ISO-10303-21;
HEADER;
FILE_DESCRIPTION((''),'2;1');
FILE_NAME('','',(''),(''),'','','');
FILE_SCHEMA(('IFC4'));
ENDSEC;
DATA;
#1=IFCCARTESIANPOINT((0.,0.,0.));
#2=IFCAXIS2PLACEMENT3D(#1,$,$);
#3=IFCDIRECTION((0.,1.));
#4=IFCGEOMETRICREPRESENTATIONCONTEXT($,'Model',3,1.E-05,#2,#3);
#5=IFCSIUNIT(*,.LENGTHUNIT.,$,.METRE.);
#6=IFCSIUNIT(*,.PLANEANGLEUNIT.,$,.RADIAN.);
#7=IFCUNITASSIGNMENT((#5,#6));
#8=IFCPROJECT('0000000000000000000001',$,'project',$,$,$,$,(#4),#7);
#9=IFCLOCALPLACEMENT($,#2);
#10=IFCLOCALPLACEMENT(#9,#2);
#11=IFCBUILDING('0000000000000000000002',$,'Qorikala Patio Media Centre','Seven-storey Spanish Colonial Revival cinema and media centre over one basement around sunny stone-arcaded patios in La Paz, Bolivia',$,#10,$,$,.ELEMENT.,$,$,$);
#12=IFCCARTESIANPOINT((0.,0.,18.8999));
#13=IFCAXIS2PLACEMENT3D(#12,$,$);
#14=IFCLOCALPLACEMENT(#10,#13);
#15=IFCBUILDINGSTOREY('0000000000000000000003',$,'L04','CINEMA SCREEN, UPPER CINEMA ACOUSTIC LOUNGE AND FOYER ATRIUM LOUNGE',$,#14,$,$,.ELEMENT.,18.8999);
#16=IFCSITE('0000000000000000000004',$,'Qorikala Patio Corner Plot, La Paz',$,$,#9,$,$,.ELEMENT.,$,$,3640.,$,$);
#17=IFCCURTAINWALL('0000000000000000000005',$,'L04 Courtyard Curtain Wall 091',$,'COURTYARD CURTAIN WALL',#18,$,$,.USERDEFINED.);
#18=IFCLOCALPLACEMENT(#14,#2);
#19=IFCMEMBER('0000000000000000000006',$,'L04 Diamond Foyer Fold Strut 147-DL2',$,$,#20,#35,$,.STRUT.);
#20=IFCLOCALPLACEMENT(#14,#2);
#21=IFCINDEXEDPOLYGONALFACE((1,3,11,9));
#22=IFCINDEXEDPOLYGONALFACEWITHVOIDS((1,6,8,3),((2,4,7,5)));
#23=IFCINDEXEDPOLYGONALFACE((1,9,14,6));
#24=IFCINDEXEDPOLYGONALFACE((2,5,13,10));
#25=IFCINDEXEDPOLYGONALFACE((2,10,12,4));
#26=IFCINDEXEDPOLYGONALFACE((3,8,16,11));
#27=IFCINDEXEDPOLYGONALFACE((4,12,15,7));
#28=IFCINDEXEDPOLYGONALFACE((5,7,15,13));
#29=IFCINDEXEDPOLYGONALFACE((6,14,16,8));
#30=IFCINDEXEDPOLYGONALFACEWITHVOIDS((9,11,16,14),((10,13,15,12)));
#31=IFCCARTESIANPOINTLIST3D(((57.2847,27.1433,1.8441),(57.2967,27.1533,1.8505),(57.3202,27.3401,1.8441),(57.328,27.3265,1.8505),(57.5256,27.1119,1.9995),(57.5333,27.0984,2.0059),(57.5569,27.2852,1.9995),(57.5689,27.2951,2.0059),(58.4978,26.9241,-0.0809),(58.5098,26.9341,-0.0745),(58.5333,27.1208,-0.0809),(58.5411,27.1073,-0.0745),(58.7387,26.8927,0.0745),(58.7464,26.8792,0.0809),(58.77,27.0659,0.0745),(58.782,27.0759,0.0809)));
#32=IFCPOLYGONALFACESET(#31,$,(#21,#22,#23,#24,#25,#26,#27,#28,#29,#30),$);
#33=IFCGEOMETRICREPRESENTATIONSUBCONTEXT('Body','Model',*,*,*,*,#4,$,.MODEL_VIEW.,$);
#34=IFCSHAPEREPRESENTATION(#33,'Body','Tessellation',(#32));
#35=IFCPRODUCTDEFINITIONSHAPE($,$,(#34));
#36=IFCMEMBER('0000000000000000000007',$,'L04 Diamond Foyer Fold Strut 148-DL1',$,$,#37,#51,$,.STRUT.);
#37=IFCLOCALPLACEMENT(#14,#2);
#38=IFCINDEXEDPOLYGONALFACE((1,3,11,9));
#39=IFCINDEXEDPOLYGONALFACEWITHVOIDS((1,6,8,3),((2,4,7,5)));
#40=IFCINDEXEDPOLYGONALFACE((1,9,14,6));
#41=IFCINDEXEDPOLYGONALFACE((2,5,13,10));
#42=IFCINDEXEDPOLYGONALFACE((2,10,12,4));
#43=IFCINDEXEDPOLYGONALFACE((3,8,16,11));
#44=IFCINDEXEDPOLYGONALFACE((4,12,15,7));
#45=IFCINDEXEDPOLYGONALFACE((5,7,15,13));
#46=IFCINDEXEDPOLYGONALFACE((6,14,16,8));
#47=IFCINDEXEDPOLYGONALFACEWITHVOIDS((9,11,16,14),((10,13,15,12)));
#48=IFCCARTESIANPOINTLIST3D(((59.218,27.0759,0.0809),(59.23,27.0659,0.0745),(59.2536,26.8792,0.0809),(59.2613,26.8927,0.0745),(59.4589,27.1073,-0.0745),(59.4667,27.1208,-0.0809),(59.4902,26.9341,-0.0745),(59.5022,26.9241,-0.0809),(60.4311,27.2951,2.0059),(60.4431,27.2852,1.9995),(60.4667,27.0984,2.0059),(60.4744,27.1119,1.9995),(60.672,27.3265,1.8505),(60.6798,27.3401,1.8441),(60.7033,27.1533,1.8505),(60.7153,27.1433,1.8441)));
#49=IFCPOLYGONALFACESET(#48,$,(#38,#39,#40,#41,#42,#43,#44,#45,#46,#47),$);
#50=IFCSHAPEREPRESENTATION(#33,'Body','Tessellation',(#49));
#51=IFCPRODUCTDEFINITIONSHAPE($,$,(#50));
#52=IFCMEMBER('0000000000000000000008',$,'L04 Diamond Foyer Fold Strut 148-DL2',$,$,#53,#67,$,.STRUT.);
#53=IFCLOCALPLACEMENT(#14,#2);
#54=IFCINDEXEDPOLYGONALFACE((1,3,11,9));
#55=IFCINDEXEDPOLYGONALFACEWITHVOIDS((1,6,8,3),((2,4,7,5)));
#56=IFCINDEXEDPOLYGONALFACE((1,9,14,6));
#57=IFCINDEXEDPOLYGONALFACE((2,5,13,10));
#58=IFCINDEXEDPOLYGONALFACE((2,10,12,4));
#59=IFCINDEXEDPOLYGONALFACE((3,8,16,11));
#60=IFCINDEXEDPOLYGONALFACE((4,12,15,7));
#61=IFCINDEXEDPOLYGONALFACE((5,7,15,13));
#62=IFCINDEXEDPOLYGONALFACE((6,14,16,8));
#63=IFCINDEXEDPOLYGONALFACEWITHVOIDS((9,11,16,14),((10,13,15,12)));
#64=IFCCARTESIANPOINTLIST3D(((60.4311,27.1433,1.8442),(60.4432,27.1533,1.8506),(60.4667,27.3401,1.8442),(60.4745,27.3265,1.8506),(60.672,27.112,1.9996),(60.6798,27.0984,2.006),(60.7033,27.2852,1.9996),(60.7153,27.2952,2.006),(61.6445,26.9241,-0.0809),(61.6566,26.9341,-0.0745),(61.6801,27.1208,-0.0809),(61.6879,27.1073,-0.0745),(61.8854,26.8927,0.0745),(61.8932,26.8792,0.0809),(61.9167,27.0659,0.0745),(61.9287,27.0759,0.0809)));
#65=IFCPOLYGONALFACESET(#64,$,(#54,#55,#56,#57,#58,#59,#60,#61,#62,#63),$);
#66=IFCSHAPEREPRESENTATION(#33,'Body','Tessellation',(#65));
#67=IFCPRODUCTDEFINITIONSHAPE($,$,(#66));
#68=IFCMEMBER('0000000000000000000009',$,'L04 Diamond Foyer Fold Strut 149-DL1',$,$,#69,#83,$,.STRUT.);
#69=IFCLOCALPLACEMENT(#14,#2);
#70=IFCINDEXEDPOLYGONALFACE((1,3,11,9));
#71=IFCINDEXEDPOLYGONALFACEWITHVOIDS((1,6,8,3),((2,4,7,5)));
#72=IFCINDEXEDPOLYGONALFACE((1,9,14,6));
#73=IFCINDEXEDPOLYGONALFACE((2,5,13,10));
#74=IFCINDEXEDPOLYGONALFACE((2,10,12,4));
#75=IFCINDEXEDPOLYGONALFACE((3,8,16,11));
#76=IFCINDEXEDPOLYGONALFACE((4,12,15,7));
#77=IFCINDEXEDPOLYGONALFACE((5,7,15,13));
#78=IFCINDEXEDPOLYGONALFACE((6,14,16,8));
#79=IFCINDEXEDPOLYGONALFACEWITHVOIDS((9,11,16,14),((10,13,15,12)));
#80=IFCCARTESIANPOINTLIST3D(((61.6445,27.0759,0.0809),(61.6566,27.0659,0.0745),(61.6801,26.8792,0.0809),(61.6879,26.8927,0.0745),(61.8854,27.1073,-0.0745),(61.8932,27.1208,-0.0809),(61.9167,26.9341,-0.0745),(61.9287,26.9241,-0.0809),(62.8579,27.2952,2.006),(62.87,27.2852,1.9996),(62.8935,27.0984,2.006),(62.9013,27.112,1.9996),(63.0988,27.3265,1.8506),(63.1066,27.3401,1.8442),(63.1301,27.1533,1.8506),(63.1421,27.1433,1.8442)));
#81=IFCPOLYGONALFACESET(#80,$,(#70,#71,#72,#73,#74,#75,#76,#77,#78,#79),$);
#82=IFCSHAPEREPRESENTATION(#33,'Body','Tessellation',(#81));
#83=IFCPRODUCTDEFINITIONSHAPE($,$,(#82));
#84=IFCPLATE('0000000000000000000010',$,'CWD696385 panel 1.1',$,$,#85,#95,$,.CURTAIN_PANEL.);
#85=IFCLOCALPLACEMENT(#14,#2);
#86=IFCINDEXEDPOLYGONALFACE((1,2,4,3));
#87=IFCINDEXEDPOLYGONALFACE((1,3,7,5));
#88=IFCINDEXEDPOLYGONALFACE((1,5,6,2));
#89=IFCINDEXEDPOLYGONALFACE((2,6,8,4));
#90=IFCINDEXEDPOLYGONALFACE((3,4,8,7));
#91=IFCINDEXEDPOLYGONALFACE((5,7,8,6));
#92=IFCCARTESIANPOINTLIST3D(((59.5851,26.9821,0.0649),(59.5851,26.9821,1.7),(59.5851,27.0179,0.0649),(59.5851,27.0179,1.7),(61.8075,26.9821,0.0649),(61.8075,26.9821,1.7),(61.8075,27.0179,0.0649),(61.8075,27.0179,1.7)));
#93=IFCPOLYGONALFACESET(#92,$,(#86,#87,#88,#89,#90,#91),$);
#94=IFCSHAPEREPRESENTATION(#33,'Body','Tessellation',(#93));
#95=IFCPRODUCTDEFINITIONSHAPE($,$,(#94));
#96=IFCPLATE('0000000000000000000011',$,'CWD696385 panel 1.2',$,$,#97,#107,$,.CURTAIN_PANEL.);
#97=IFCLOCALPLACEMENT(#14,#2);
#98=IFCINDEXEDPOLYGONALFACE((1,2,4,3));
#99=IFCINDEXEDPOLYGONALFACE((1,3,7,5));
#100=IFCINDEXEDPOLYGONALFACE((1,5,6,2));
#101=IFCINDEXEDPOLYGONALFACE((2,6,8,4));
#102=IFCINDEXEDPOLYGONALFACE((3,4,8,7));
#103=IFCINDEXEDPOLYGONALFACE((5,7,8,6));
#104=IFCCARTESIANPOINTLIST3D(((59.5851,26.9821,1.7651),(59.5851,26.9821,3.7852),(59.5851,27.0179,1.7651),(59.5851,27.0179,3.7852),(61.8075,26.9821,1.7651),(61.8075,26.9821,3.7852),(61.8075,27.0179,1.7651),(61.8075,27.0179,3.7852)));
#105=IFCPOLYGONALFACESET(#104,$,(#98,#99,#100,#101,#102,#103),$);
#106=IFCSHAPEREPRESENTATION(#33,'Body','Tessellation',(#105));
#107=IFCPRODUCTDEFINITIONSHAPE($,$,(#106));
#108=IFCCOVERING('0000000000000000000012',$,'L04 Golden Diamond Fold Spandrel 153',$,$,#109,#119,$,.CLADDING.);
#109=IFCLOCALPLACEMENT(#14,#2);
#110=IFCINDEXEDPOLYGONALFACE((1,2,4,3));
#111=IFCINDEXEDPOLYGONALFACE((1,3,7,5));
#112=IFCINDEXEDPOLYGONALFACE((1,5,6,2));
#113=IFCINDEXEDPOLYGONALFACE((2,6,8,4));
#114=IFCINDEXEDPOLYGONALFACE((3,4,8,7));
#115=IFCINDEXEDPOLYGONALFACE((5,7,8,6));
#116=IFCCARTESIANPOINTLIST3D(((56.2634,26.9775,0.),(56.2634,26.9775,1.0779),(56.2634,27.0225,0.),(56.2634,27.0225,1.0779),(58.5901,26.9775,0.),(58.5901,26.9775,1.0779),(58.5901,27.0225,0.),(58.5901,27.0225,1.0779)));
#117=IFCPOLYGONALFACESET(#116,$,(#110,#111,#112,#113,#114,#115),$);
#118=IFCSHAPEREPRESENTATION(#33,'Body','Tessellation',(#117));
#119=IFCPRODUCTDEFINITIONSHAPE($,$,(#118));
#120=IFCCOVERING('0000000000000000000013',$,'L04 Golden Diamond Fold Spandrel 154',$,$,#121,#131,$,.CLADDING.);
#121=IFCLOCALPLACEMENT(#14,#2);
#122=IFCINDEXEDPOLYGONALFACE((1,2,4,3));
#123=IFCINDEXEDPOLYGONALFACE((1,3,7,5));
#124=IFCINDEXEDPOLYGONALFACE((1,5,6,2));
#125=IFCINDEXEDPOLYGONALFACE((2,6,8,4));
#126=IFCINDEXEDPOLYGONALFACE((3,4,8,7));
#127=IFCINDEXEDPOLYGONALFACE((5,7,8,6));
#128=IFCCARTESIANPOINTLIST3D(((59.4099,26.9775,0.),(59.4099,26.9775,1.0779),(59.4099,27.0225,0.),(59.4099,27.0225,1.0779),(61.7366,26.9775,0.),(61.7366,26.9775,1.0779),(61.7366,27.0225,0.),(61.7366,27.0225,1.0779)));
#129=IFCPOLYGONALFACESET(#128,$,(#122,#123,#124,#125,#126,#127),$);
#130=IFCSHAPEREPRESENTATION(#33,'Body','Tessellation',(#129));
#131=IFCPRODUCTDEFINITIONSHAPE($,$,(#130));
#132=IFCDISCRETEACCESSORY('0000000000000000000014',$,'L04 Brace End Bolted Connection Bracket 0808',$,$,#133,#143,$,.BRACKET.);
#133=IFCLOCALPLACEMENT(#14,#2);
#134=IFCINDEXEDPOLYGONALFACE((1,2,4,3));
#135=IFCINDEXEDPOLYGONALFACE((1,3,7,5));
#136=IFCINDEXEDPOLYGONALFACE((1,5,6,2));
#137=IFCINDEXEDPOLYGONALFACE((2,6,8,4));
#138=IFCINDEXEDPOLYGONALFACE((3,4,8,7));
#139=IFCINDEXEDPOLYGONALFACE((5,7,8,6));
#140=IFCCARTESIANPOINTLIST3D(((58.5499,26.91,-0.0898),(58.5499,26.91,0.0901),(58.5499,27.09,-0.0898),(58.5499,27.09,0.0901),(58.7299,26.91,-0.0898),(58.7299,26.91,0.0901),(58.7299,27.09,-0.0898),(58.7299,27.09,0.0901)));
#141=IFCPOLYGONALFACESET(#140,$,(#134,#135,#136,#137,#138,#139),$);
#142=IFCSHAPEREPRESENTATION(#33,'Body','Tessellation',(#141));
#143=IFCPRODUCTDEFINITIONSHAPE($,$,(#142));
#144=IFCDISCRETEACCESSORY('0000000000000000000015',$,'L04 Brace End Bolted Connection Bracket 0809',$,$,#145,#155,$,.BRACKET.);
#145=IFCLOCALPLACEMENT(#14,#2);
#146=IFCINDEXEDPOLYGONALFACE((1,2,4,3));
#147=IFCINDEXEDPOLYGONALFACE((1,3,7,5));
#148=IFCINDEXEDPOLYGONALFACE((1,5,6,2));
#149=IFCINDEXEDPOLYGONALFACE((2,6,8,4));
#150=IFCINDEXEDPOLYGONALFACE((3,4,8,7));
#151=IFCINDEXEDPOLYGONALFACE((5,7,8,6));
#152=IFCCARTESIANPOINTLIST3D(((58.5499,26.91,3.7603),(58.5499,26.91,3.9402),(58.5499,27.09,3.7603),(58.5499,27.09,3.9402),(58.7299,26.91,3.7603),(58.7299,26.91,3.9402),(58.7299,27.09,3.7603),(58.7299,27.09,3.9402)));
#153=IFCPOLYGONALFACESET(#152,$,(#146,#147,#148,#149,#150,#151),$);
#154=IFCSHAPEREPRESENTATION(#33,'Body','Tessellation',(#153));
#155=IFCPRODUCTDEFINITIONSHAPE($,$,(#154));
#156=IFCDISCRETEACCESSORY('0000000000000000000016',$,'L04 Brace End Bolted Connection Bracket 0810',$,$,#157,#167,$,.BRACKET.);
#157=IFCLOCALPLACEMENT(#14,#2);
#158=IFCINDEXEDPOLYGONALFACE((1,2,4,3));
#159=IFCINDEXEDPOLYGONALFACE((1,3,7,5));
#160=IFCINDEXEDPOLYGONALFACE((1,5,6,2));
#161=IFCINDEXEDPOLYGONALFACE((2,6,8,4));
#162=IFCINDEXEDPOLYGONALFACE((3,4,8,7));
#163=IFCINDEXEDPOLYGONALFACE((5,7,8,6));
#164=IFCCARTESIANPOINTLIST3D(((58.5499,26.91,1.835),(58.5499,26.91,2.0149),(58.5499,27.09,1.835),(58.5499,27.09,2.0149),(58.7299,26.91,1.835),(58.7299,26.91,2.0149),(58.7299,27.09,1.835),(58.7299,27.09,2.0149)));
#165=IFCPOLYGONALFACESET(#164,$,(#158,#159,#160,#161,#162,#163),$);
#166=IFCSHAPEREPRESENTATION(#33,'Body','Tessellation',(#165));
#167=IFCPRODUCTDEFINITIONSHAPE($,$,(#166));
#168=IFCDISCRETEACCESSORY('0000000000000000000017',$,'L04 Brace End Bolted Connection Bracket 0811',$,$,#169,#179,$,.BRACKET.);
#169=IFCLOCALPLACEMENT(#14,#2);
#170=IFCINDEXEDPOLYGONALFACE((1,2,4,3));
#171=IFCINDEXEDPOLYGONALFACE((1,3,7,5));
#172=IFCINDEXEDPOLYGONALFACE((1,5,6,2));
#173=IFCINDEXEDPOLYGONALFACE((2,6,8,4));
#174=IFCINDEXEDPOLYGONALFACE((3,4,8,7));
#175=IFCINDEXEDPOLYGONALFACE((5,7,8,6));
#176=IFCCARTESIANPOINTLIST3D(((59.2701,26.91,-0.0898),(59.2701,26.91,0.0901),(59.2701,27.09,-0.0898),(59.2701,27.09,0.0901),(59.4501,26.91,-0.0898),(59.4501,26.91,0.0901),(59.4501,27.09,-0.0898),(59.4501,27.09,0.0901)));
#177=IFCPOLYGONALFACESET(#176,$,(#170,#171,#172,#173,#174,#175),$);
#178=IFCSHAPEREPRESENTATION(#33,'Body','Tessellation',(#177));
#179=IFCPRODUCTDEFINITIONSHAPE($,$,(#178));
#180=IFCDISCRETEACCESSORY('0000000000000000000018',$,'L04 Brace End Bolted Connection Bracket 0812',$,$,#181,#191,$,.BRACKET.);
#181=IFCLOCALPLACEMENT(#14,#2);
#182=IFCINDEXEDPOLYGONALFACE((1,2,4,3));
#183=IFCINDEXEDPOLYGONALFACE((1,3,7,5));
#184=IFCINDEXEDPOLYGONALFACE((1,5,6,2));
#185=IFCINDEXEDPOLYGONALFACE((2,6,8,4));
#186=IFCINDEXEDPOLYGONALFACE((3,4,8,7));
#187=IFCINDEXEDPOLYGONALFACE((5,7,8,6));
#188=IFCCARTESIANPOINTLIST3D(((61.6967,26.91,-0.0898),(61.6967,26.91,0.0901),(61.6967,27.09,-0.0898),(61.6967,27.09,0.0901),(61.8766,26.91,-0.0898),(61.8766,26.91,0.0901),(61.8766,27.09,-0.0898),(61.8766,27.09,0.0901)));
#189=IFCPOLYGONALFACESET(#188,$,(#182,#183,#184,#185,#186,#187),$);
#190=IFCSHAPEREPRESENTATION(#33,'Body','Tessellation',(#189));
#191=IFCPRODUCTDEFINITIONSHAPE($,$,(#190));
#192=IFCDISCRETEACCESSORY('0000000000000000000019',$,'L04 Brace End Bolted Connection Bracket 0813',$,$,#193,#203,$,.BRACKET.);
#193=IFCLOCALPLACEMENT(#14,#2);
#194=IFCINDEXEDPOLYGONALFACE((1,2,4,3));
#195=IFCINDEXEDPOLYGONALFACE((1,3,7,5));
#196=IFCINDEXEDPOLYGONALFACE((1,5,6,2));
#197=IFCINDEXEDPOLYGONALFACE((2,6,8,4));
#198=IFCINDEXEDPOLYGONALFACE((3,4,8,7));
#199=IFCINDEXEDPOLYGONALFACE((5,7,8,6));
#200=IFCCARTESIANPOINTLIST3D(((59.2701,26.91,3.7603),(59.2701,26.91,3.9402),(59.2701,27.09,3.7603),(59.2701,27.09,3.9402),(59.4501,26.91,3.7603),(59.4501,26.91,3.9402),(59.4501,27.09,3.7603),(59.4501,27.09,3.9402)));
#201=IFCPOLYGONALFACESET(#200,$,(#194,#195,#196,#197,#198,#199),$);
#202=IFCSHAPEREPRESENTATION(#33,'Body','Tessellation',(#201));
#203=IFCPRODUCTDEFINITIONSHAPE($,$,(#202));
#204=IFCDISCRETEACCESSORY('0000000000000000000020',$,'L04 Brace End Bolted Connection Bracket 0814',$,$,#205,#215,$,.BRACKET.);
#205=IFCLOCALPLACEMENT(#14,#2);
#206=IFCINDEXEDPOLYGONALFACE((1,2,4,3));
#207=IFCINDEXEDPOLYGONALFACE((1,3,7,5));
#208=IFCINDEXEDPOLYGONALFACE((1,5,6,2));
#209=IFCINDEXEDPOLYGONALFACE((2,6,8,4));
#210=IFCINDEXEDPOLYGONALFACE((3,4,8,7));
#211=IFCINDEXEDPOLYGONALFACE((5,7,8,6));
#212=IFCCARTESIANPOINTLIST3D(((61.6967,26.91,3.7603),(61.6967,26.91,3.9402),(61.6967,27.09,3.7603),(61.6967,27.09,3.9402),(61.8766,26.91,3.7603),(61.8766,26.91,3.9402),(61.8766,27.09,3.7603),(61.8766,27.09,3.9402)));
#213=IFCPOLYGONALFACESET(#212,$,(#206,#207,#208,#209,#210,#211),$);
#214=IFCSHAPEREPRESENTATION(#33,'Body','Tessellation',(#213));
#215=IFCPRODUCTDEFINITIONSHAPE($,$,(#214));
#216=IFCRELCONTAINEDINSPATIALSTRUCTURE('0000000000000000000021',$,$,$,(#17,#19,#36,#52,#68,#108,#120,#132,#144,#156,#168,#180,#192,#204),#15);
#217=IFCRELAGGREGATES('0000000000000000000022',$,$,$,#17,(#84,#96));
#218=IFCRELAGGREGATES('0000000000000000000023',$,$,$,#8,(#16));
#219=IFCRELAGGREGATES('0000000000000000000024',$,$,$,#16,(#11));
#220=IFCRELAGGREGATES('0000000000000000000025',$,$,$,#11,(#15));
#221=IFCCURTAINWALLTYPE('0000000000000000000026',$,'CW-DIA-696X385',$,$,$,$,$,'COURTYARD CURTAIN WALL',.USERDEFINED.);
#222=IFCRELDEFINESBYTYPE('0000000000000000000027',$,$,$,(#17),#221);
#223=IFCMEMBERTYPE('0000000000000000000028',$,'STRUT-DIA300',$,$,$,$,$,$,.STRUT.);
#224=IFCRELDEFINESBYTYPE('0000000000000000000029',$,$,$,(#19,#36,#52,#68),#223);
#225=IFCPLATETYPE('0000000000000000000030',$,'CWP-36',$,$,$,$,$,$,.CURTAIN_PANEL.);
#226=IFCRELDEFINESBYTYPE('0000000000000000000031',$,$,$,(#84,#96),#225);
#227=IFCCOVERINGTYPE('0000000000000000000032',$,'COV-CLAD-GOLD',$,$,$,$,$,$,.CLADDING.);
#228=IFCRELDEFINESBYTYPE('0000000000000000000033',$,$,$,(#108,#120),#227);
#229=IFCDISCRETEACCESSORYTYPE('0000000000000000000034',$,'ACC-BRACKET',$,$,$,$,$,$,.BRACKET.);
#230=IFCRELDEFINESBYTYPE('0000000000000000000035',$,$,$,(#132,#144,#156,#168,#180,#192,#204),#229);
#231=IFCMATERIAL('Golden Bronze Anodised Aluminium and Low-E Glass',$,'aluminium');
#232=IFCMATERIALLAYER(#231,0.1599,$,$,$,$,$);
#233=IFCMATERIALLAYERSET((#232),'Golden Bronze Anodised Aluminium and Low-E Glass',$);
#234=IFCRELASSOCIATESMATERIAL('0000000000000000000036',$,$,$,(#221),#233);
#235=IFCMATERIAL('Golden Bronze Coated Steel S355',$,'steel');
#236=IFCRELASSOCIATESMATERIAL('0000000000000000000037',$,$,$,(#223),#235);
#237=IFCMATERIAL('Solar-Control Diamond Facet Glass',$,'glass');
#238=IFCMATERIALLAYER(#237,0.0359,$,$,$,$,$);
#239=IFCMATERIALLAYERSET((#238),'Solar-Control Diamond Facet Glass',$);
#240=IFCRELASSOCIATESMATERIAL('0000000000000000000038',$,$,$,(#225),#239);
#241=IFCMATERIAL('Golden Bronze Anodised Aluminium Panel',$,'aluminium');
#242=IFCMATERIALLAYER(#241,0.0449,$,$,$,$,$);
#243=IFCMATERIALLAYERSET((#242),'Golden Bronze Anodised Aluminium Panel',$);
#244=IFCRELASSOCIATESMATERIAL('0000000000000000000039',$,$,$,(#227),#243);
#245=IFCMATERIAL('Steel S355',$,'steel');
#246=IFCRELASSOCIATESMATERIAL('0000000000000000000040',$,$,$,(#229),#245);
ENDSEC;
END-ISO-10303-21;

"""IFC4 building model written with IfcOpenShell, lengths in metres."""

from ifc_helpers import new_model, si_unit, direction, frame, origin, origin_2d, place, context, subcontext, project, spatial, rectangle, hollow_rectangle, extrude, material, layer, layer_set, material_profile, profile_set, type_object, element, aggregate, save


model = new_model("IFC4")

# Units and contexts
model_context = context("Model", 3, precision=1e-05, world=origin(), true_north=direction((0.0, 1.0)))
body_context = subcontext(model_context, "Body", "Model", "MODEL_VIEW")
ifc_project = project(units=[si_unit("LENGTHUNIT", "METRE"), si_unit("PLANEANGLEUNIT", "RADIAN")], contexts=[model_context])

# Site, building, storey
site_placement = place(None, origin())
site = spatial("IfcSite", under=ifc_project, at=site_placement, Name="Qorikala Patio Corner Plot, La Paz", CompositionType="ELEMENT", RefElevation=3640.0)
building_placement = place(site_placement, origin())
building = spatial("IfcBuilding", under=site, at=building_placement, Name="Qorikala Patio Media Centre", Description="Seven-storey Spanish Colonial Revival cinema and media centre over one basement around sunny stone-arcaded patios in La Paz, Bolivia", CompositionType="ELEMENT")
storey_placement = place(building_placement, frame((0.0, 0.0, 18.8999)))
storey = spatial("IfcBuildingStorey", under=building, at=storey_placement, Name="L04", Description="CINEMA SCREEN, UPPER CINEMA ACOUSTIC LOUNGE AND FOYER ATRIUM LOUNGE", CompositionType="ELEMENT", Elevation=18.8999)

# Shared definitions
ifc_material_1 = material(Name="Golden Bronze Coated Steel S355", Category="steel")

# Shared definitions
ifc_material_2 = material(Name="Golden Bronze Anodised Aluminium and Low-E Glass", Category="aluminium")
ifc_layer_1 = layer(ifc_material_2, 0.1599)
ifc_layer_set_1 = layer_set([ifc_layer_1], Name="Golden Bronze Anodised Aluminium and Low-E Glass")
curtain_wall_type = type_object("IfcCurtainWallType", Name="CW-DIA-696X385", ElementType="COURTYARD CURTAIN WALL", PredefinedType="USERDEFINED", material=ifc_layer_set_1)

# Curtain wall
curtain_wall_1_placement = place(storey_placement, origin())
curtain_wall_1 = element("IfcCurtainWall", 1, at=curtain_wall_1_placement, inside=storey, type_object=curtain_wall_type, Name="L04 Courtyard Curtain Wall 091", ObjectType="COURTYARD CURTAIN WALL", PredefinedType="USERDEFINED")

# Members
ifc_material_profile_1 = material_profile(ifc_material_1, hollow_rectangle(XDim=0.2, YDim=0.3, WallThickness=0.012, at=origin_2d()), Name="HSS300X200X12")
ifc_profile_set_1 = profile_set([ifc_material_profile_1], Name="Golden Bronze Coated Steel S355")
member_type_1 = type_object("IfcMemberType", Name="STRUT-DIA300", PredefinedType="STRUT", material=ifc_profile_set_1)
for number, where, z_axis, x_axis, name in (
    (2, (58.6399, 27.0, 0.0), (-0.530691, 0.095907, 0.842121), (-0.17784, -0.984059, 0.0), "L04 Diamond Foyer Fold Strut 147-DL2"),
    (3, (59.3601, 27.0, 0.0), (0.530691, 0.095907, 0.842121), (-0.17784, 0.984059, 0.0), "L04 Diamond Foyer Fold Strut 148-DL1"),
):
    element("IfcMember", number, at=place(storey_placement, frame(where, z_axis=z_axis, x_axis=x_axis)), inside=storey, type_object=member_type_1, Name=name, PredefinedType="STRUT", context=body_context, shape_type="SweptSolid", body=[
        extrude(hollow_rectangle(XDim=0.2, YDim=0.3, WallThickness=0.012, at=origin_2d()), origin(), (0.0, 0.0, 1.0), 2.2859),
    ])
for number, where, z_axis, x_axis, name in (
    (4, (61.7866, 27.0, 0.0), (-0.530768, 0.095901, 0.842074), (-0.177805, -0.984066, 0.0), "L04 Diamond Foyer Fold Strut 148-DL2"),
    (5, (61.7866, 27.0, 0.0), (0.530768, 0.095901, 0.842074), (-0.177805, 0.984066, 0.0), "L04 Diamond Foyer Fold Strut 149-DL1"),
):
    element("IfcMember", number, at=place(storey_placement, frame(where, z_axis=z_axis, x_axis=x_axis)), inside=storey, type_object=member_type_1, Name=name, PredefinedType="STRUT", context=body_context, shape_type="SweptSolid", body=[
        extrude(hollow_rectangle(XDim=0.2, YDim=0.3, WallThickness=0.012, at=origin_2d()), origin(), (0.0, 0.0, 1.0), 2.2861),
    ])

# Plates
ifc_material_3 = material(Name="Solar-Control Diamond Facet Glass", Category="glass")
ifc_layer_2 = layer(ifc_material_3, 0.0359)
ifc_layer_set_2 = layer_set([ifc_layer_2], Name="Solar-Control Diamond Facet Glass")
plate_type = type_object("IfcPlateType", Name="CWP-36", PredefinedType="CURTAIN_PANEL", material=ifc_layer_set_2)
plate_1_placement = place(storey_placement, frame((60.6963, 27.0, 0.0649), z_axis=(0.0, 0.0, 1.0), x_axis=(1.0, 0.0, 0.0)))
plate_1 = element("IfcPlate", 6, at=plate_1_placement, type_object=plate_type, Name="CWD696385 panel 1.1", PredefinedType="CURTAIN_PANEL", context=body_context, shape_type="SweptSolid", body=[
    extrude(rectangle(XDim=2.2224, YDim=0.0359, at=origin_2d()), origin(), (0.0, 0.0, 1.0), 1.635),
])
plate_2_placement = place(storey_placement, frame((60.6963, 27.0, 1.7651), z_axis=(0.0, 0.0, 1.0), x_axis=(1.0, 0.0, 0.0)))
plate_2 = element("IfcPlate", 7, at=plate_2_placement, type_object=plate_type, Name="CWD696385 panel 1.2", PredefinedType="CURTAIN_PANEL", context=body_context, shape_type="SweptSolid", body=[
    extrude(rectangle(XDim=2.2224, YDim=0.0359, at=origin_2d()), origin(), (0.0, 0.0, 1.0), 2.02),
])
aggregate(curtain_wall_1, [plate_1, plate_2])

# Coverings
ifc_material_4 = material(Name="Golden Bronze Anodised Aluminium Panel", Category="aluminium")
ifc_layer_3 = layer(ifc_material_4, 0.0449)
ifc_layer_set_3 = layer_set([ifc_layer_3], Name="Golden Bronze Anodised Aluminium Panel")
covering_type = type_object("IfcCoveringType", Name="COV-CLAD-GOLD", PredefinedType="CLADDING", material=ifc_layer_set_3)
for number, where, z_axis, x_axis, name in (
    (8, (57.4268, 27.0, 0.0), (0.0, 0.0, 1.0), (1.0, 0.0, 0.0), "L04 Golden Diamond Fold Spandrel 153"),
    (9, (60.5732, 27.0, 0.0), (0.0, 0.0, 1.0), (1.0, 0.0, 0.0), "L04 Golden Diamond Fold Spandrel 154"),
):
    element("IfcCovering", number, at=place(storey_placement, frame(where, z_axis=z_axis, x_axis=x_axis)), inside=storey, type_object=covering_type, Name=name, PredefinedType="CLADDING", context=body_context, shape_type="SweptSolid", body=[
        extrude(rectangle(XDim=2.3267, YDim=0.0449, at=origin_2d()), origin(), (0.0, 0.0, 1.0), 1.0779),
    ])

# Discrete accessories
ifc_material_5 = material(Name="Steel S355", Category="steel")
discrete_accessory_type = type_object("IfcDiscreteAccessoryType", Name="ACC-BRACKET", PredefinedType="BRACKET", material=ifc_material_5)
for number, where, z_axis, x_axis, name in (
    (10, (58.6399, 27.0, -0.0898), (0.0, 0.0, 1.0), (1.0, 0.0, 0.0), "L04 Brace End Bolted Connection Bracket 0808"),
    (11, (58.6399, 27.0, 3.7603), (0.0, 0.0, 1.0), (1.0, 0.0, 0.0), "L04 Brace End Bolted Connection Bracket 0809"),
    (12, (58.6399, 27.0, 1.835), (0.0, 0.0, 1.0), (1.0, 0.0, 0.0), "L04 Brace End Bolted Connection Bracket 0810"),
    (13, (59.3601, 27.0, -0.0898), (0.0, 0.0, 1.0), (1.0, 0.0, 0.0), "L04 Brace End Bolted Connection Bracket 0811"),
    (14, (61.7866, 27.0, -0.0898), (0.0, 0.0, 1.0), (1.0, 0.0, 0.0), "L04 Brace End Bolted Connection Bracket 0812"),
    (15, (59.3601, 27.0, 3.7603), (0.0, 0.0, 1.0), (1.0, 0.0, 0.0), "L04 Brace End Bolted Connection Bracket 0813"),
    (16, (61.7866, 27.0, 3.7603), (0.0, 0.0, 1.0), (1.0, 0.0, 0.0), "L04 Brace End Bolted Connection Bracket 0814"),
):
    element("IfcDiscreteAccessory", number, at=place(storey_placement, frame(where, z_axis=z_axis, x_axis=x_axis)), inside=storey, type_object=discrete_accessory_type, Name=name, PredefinedType="BRACKET", context=body_context, shape_type="SweptSolid", body=[
        extrude(rectangle(XDim=0.1799, YDim=0.1799, at=origin_2d()), origin(), (0.0, 0.0, 1.0), 0.1799),
    ])

save(model, "model.ifc")
